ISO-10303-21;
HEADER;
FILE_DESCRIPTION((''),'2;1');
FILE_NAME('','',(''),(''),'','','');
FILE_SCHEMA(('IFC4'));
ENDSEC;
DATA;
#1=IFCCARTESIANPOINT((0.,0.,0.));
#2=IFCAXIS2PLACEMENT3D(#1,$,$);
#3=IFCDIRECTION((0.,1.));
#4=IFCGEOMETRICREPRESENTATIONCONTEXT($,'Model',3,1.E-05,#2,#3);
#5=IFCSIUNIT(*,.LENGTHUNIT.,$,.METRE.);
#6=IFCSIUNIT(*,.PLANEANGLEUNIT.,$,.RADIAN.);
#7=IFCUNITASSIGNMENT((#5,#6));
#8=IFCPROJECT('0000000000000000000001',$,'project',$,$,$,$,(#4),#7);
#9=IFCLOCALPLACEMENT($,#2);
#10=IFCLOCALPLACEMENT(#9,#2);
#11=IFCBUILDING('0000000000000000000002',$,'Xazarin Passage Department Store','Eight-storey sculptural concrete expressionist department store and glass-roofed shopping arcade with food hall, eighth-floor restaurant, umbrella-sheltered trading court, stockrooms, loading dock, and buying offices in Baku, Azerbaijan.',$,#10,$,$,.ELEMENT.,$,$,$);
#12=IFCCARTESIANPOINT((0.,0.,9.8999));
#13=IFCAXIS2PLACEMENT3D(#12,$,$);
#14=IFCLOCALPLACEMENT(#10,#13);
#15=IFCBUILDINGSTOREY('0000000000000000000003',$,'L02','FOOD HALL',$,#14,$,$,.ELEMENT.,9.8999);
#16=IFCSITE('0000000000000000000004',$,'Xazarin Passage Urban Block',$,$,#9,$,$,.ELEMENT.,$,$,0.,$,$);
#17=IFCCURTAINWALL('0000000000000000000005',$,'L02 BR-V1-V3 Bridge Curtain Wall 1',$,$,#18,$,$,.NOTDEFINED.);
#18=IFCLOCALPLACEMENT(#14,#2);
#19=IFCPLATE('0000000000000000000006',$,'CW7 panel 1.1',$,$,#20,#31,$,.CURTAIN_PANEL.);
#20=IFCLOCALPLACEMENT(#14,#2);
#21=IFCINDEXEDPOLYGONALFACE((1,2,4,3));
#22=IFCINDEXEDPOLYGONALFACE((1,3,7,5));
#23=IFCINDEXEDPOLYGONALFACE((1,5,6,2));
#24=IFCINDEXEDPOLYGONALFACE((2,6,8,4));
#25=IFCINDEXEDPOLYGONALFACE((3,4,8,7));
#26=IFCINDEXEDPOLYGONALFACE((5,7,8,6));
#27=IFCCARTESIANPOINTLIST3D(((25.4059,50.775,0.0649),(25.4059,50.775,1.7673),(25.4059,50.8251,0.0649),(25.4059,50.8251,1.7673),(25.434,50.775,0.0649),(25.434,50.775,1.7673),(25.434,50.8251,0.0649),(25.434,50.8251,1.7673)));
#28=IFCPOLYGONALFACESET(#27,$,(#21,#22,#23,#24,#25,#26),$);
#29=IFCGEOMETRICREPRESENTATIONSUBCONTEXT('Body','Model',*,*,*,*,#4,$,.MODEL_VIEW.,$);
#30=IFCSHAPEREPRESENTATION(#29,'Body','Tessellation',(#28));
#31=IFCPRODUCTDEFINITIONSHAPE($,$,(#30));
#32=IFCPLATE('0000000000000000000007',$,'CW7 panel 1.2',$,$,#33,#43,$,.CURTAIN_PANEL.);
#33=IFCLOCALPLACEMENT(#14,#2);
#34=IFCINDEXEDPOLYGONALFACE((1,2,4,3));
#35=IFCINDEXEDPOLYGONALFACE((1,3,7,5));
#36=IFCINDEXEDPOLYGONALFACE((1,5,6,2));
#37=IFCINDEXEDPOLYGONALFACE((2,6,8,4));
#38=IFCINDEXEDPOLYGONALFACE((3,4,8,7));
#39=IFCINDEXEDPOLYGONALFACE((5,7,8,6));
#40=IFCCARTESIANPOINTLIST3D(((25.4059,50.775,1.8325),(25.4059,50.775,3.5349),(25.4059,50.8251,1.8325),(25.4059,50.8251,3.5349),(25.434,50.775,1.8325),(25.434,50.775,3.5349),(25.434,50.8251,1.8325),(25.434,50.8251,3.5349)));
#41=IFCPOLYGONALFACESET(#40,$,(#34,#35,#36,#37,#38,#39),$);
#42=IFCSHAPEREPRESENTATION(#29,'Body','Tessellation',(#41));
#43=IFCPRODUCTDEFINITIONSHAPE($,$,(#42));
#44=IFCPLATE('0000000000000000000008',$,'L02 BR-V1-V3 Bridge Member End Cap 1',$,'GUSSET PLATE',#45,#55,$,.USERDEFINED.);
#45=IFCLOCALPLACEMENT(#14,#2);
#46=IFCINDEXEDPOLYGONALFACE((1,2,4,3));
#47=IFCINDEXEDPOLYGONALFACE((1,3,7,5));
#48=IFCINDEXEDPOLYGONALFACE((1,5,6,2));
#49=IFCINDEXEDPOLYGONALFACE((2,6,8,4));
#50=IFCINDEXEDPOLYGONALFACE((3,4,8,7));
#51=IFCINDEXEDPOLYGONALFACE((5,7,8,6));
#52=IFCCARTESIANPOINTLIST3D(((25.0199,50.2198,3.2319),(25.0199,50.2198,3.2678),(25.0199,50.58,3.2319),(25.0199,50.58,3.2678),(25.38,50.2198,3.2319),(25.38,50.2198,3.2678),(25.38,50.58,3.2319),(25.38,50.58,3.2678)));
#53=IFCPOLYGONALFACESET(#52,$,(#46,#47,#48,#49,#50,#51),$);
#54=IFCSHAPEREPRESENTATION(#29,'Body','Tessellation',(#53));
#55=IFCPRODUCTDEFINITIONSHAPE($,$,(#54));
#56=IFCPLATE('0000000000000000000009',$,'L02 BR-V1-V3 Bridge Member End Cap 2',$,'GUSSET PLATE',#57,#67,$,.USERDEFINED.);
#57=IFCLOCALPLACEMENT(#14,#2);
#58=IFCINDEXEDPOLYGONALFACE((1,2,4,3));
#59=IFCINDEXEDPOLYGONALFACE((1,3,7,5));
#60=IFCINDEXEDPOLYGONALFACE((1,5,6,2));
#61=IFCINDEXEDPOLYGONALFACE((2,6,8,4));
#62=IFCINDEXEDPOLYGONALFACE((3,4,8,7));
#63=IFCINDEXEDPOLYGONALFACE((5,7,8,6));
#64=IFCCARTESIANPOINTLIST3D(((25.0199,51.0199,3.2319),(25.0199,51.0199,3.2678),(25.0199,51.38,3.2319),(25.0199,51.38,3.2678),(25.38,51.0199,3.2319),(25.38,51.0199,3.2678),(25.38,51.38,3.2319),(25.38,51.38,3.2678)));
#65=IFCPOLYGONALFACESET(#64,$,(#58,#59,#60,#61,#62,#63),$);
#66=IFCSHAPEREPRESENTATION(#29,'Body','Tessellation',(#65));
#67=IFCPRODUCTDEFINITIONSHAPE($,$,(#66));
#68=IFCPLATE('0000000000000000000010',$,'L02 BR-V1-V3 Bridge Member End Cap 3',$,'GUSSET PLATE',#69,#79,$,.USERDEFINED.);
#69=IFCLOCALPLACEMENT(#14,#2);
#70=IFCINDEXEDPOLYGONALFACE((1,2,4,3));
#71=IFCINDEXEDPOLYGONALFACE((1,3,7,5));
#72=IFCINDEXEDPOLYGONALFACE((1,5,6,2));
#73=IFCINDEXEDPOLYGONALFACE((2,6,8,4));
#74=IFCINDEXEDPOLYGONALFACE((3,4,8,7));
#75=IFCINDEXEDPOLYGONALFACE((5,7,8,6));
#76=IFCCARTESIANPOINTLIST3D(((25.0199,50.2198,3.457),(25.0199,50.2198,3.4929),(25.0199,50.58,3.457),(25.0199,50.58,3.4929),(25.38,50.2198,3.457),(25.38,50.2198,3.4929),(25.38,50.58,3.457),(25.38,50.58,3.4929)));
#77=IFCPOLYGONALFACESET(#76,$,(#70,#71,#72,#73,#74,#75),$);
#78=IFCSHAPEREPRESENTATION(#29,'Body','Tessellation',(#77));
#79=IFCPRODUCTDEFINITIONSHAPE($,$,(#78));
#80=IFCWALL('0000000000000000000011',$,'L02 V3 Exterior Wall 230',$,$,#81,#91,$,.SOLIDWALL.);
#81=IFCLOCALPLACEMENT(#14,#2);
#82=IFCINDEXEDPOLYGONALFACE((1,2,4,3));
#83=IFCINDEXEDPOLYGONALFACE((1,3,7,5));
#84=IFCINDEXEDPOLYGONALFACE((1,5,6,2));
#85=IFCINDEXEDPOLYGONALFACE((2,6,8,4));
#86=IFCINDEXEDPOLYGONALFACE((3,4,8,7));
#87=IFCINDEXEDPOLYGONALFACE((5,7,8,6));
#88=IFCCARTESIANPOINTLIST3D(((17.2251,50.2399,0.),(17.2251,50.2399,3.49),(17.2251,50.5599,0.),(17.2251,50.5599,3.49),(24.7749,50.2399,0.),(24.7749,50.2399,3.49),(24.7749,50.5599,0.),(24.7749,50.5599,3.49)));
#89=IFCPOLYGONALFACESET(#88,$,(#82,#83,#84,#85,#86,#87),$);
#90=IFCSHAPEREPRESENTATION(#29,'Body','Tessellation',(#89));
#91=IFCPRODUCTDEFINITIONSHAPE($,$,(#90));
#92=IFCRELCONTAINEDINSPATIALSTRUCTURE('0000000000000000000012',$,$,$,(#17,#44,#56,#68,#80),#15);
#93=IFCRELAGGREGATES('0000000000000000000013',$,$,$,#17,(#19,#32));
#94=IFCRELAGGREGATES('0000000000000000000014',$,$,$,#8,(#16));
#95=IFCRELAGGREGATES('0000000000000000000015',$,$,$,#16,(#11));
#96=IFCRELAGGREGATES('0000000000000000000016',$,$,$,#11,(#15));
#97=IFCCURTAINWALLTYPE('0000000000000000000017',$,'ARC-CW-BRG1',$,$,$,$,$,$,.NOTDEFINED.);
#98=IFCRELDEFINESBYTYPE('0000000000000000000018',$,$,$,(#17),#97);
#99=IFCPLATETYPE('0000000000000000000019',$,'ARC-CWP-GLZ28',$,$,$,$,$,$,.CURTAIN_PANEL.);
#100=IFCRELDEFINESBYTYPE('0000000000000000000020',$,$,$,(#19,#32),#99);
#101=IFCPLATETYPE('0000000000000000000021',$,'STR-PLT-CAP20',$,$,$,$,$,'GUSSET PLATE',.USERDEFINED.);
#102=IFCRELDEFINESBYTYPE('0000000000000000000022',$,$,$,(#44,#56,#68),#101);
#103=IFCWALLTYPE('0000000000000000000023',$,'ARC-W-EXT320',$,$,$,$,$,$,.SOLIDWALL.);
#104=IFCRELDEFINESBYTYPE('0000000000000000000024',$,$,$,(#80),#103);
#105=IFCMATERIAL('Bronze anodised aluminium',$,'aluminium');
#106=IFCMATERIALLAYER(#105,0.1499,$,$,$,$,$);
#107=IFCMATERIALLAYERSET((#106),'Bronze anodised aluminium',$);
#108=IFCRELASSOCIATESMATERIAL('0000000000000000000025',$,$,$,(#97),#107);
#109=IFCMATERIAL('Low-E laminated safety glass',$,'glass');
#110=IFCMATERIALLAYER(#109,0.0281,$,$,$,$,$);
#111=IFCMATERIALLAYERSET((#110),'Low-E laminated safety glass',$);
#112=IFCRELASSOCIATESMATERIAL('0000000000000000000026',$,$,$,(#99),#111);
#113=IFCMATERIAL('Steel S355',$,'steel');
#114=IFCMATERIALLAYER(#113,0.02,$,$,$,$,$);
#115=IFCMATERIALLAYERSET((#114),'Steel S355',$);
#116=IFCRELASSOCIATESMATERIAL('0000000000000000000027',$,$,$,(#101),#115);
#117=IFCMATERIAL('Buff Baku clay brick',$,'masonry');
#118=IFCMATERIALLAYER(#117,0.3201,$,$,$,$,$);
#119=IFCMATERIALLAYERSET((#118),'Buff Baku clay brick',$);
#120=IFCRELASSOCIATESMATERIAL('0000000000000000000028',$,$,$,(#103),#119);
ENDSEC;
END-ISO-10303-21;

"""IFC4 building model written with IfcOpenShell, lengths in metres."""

from ifc_helpers import new_model, si_unit, direction, frame, frame_2d, origin, origin_2d, place, context, subcontext, project, spatial, rectangle, extrude, material, layer, layer_set, type_object, element, aggregate, save


model = new_model("IFC4")

# Units and contexts
model_context = context("Model", 3, precision=1e-05, world=origin(), true_north=direction((0.0, 1.0)))
body_context = subcontext(model_context, "Body", "Model", "MODEL_VIEW")
ifc_project = project(units=[si_unit("LENGTHUNIT", "METRE"), si_unit("PLANEANGLEUNIT", "RADIAN")], contexts=[model_context])

# Site, building, storey
site_placement = place(None, origin())
site = spatial("IfcSite", under=ifc_project, at=site_placement, Name="Xazarin Passage Urban Block", CompositionType="ELEMENT", RefElevation=0.0)
building_placement = place(site_placement, origin())
building = spatial("IfcBuilding", under=site, at=building_placement, Name="Xazarin Passage Department Store", Description="Eight-storey sculptural concrete expressionist department store and glass-roofed shopping arcade with food hall, eighth-floor restaurant, umbrella-sheltered trading court, stockrooms, loading dock, and buying offices in Baku, Azerbaijan.", CompositionType="ELEMENT")
storey_placement = place(building_placement, frame((0.0, 0.0, 9.8999)))
storey = spatial("IfcBuildingStorey", under=building, at=storey_placement, Name="L02", Description="FOOD HALL", CompositionType="ELEMENT", Elevation=9.8999)

# Curtain wall
ifc_material_1 = material(Name="Bronze anodised aluminium", Category="aluminium")
ifc_layer_1 = layer(ifc_material_1, 0.1499)
ifc_layer_set_1 = layer_set([ifc_layer_1], Name="Bronze anodised aluminium")
curtain_wall_type = type_object("IfcCurtainWallType", Name="ARC-CW-BRG1", PredefinedType="NOTDEFINED", material=ifc_layer_set_1)
curtain_wall_placement = place(storey_placement, origin())
curtain_wall = element("IfcCurtainWall", 1, at=curtain_wall_placement, inside=storey, type_object=curtain_wall_type, Name="L02 BR-V1-V3 Bridge Curtain Wall 1", PredefinedType="NOTDEFINED")

# Shared definitions
ifc_material_2 = material(Name="Steel S355", Category="steel")

# Plates
ifc_material_3 = material(Name="Low-E laminated safety glass", Category="glass")
ifc_layer_2 = layer(ifc_material_3, 0.0281)
ifc_layer_set_2 = layer_set([ifc_layer_2], Name="Low-E laminated safety glass")
plate_type_1 = type_object("IfcPlateType", Name="ARC-CWP-GLZ28", PredefinedType="CURTAIN_PANEL", material=ifc_layer_set_2)
plate_1_placement = place(storey_placement, frame((25.4199, 50.8, 0.0649), z_axis=(0.0, 0.0, 1.0), x_axis=(0.0, 1.0, 0.0)))
plate_1 = element("IfcPlate", 2, at=plate_1_placement, type_object=plate_type_1, Name="CW7 panel 1.1", PredefinedType="CURTAIN_PANEL", context=body_context, shape_type="SweptSolid", body=[
    extrude(rectangle(XDim=0.05, YDim=0.0281, at=origin_2d()), origin(), (0.0, 0.0, 1.0), 1.7024),
])
plate_2_placement = place(storey_placement, frame((25.4199, 50.8, 1.8325), z_axis=(0.0, 0.0, 1.0), x_axis=(0.0, 1.0, 0.0)))
plate_2 = element("IfcPlate", 3, at=plate_2_placement, type_object=plate_type_1, Name="CW7 panel 1.2", PredefinedType="CURTAIN_PANEL", context=body_context, shape_type="SweptSolid", body=[
    extrude(rectangle(XDim=0.05, YDim=0.0281, at=origin_2d()), origin(), (0.0, 0.0, 1.0), 1.7024),
])
aggregate(curtain_wall, [plate_1, plate_2])

# Plates
ifc_layer_3 = layer(ifc_material_2, 0.02)
ifc_layer_set_3 = layer_set([ifc_layer_3], Name="Steel S355")
plate_type_2 = type_object("IfcPlateType", Name="STR-PLT-CAP20", ElementType="GUSSET PLATE", PredefinedType="USERDEFINED", material=ifc_layer_set_3)
for number, where, z_axis, x_axis, name in (
    (4, (25.2, 50.3999, 3.2319), (0.0, 0.0, 1.0), (1.0, 0.0, 0.0), "L02 BR-V1-V3 Bridge Member End Cap 1"),
    (5, (25.2, 51.2, 3.2319), (0.0, 0.0, 1.0), (1.0, 0.0, 0.0), "L02 BR-V1-V3 Bridge Member End Cap 2"),
    (6, (25.2, 50.3999, 3.457), (0.0, 0.0, 1.0), (1.0, 0.0, 0.0), "L02 BR-V1-V3 Bridge Member End Cap 3"),
):
    element("IfcPlate", number, at=place(storey_placement, frame(where, z_axis=z_axis, x_axis=x_axis)), inside=storey, type_object=plate_type_2, Name=name, ObjectType="GUSSET PLATE", PredefinedType="USERDEFINED", context=body_context, shape_type="SweptSolid", body=[
        extrude(rectangle(XDim=0.3601, YDim=0.3601, at=origin_2d()), origin(), (0.0, 0.0, 1.0), 0.0359),
    ])

# Wall
ifc_material_4 = material(Name="Buff Baku clay brick", Category="masonry")
ifc_layer_4 = layer(ifc_material_4, 0.3201)
ifc_layer_set_4 = layer_set([ifc_layer_4], Name="Buff Baku clay brick")
wall_type = type_object("IfcWallType", Name="ARC-W-EXT320", PredefinedType="SOLIDWALL", material=ifc_layer_set_4)
wall_placement = place(storey_placement, frame((17.2251, 50.3999, 0.0), z_axis=(0.0, 0.0, 1.0), x_axis=(1.0, 0.0, 0.0)))
element("IfcWall", 7, at=wall_placement, inside=storey, type_object=wall_type, Name="L02 V3 Exterior Wall 230", PredefinedType="SOLIDWALL", context=body_context, shape_type="SweptSolid", body=[
    extrude(rectangle(XDim=7.5498, YDim=0.3201, at=frame_2d((3.7749, 0.0))), origin(), (0.0, 0.0, 1.0), 3.49),
])

save(model, "model.ifc")
